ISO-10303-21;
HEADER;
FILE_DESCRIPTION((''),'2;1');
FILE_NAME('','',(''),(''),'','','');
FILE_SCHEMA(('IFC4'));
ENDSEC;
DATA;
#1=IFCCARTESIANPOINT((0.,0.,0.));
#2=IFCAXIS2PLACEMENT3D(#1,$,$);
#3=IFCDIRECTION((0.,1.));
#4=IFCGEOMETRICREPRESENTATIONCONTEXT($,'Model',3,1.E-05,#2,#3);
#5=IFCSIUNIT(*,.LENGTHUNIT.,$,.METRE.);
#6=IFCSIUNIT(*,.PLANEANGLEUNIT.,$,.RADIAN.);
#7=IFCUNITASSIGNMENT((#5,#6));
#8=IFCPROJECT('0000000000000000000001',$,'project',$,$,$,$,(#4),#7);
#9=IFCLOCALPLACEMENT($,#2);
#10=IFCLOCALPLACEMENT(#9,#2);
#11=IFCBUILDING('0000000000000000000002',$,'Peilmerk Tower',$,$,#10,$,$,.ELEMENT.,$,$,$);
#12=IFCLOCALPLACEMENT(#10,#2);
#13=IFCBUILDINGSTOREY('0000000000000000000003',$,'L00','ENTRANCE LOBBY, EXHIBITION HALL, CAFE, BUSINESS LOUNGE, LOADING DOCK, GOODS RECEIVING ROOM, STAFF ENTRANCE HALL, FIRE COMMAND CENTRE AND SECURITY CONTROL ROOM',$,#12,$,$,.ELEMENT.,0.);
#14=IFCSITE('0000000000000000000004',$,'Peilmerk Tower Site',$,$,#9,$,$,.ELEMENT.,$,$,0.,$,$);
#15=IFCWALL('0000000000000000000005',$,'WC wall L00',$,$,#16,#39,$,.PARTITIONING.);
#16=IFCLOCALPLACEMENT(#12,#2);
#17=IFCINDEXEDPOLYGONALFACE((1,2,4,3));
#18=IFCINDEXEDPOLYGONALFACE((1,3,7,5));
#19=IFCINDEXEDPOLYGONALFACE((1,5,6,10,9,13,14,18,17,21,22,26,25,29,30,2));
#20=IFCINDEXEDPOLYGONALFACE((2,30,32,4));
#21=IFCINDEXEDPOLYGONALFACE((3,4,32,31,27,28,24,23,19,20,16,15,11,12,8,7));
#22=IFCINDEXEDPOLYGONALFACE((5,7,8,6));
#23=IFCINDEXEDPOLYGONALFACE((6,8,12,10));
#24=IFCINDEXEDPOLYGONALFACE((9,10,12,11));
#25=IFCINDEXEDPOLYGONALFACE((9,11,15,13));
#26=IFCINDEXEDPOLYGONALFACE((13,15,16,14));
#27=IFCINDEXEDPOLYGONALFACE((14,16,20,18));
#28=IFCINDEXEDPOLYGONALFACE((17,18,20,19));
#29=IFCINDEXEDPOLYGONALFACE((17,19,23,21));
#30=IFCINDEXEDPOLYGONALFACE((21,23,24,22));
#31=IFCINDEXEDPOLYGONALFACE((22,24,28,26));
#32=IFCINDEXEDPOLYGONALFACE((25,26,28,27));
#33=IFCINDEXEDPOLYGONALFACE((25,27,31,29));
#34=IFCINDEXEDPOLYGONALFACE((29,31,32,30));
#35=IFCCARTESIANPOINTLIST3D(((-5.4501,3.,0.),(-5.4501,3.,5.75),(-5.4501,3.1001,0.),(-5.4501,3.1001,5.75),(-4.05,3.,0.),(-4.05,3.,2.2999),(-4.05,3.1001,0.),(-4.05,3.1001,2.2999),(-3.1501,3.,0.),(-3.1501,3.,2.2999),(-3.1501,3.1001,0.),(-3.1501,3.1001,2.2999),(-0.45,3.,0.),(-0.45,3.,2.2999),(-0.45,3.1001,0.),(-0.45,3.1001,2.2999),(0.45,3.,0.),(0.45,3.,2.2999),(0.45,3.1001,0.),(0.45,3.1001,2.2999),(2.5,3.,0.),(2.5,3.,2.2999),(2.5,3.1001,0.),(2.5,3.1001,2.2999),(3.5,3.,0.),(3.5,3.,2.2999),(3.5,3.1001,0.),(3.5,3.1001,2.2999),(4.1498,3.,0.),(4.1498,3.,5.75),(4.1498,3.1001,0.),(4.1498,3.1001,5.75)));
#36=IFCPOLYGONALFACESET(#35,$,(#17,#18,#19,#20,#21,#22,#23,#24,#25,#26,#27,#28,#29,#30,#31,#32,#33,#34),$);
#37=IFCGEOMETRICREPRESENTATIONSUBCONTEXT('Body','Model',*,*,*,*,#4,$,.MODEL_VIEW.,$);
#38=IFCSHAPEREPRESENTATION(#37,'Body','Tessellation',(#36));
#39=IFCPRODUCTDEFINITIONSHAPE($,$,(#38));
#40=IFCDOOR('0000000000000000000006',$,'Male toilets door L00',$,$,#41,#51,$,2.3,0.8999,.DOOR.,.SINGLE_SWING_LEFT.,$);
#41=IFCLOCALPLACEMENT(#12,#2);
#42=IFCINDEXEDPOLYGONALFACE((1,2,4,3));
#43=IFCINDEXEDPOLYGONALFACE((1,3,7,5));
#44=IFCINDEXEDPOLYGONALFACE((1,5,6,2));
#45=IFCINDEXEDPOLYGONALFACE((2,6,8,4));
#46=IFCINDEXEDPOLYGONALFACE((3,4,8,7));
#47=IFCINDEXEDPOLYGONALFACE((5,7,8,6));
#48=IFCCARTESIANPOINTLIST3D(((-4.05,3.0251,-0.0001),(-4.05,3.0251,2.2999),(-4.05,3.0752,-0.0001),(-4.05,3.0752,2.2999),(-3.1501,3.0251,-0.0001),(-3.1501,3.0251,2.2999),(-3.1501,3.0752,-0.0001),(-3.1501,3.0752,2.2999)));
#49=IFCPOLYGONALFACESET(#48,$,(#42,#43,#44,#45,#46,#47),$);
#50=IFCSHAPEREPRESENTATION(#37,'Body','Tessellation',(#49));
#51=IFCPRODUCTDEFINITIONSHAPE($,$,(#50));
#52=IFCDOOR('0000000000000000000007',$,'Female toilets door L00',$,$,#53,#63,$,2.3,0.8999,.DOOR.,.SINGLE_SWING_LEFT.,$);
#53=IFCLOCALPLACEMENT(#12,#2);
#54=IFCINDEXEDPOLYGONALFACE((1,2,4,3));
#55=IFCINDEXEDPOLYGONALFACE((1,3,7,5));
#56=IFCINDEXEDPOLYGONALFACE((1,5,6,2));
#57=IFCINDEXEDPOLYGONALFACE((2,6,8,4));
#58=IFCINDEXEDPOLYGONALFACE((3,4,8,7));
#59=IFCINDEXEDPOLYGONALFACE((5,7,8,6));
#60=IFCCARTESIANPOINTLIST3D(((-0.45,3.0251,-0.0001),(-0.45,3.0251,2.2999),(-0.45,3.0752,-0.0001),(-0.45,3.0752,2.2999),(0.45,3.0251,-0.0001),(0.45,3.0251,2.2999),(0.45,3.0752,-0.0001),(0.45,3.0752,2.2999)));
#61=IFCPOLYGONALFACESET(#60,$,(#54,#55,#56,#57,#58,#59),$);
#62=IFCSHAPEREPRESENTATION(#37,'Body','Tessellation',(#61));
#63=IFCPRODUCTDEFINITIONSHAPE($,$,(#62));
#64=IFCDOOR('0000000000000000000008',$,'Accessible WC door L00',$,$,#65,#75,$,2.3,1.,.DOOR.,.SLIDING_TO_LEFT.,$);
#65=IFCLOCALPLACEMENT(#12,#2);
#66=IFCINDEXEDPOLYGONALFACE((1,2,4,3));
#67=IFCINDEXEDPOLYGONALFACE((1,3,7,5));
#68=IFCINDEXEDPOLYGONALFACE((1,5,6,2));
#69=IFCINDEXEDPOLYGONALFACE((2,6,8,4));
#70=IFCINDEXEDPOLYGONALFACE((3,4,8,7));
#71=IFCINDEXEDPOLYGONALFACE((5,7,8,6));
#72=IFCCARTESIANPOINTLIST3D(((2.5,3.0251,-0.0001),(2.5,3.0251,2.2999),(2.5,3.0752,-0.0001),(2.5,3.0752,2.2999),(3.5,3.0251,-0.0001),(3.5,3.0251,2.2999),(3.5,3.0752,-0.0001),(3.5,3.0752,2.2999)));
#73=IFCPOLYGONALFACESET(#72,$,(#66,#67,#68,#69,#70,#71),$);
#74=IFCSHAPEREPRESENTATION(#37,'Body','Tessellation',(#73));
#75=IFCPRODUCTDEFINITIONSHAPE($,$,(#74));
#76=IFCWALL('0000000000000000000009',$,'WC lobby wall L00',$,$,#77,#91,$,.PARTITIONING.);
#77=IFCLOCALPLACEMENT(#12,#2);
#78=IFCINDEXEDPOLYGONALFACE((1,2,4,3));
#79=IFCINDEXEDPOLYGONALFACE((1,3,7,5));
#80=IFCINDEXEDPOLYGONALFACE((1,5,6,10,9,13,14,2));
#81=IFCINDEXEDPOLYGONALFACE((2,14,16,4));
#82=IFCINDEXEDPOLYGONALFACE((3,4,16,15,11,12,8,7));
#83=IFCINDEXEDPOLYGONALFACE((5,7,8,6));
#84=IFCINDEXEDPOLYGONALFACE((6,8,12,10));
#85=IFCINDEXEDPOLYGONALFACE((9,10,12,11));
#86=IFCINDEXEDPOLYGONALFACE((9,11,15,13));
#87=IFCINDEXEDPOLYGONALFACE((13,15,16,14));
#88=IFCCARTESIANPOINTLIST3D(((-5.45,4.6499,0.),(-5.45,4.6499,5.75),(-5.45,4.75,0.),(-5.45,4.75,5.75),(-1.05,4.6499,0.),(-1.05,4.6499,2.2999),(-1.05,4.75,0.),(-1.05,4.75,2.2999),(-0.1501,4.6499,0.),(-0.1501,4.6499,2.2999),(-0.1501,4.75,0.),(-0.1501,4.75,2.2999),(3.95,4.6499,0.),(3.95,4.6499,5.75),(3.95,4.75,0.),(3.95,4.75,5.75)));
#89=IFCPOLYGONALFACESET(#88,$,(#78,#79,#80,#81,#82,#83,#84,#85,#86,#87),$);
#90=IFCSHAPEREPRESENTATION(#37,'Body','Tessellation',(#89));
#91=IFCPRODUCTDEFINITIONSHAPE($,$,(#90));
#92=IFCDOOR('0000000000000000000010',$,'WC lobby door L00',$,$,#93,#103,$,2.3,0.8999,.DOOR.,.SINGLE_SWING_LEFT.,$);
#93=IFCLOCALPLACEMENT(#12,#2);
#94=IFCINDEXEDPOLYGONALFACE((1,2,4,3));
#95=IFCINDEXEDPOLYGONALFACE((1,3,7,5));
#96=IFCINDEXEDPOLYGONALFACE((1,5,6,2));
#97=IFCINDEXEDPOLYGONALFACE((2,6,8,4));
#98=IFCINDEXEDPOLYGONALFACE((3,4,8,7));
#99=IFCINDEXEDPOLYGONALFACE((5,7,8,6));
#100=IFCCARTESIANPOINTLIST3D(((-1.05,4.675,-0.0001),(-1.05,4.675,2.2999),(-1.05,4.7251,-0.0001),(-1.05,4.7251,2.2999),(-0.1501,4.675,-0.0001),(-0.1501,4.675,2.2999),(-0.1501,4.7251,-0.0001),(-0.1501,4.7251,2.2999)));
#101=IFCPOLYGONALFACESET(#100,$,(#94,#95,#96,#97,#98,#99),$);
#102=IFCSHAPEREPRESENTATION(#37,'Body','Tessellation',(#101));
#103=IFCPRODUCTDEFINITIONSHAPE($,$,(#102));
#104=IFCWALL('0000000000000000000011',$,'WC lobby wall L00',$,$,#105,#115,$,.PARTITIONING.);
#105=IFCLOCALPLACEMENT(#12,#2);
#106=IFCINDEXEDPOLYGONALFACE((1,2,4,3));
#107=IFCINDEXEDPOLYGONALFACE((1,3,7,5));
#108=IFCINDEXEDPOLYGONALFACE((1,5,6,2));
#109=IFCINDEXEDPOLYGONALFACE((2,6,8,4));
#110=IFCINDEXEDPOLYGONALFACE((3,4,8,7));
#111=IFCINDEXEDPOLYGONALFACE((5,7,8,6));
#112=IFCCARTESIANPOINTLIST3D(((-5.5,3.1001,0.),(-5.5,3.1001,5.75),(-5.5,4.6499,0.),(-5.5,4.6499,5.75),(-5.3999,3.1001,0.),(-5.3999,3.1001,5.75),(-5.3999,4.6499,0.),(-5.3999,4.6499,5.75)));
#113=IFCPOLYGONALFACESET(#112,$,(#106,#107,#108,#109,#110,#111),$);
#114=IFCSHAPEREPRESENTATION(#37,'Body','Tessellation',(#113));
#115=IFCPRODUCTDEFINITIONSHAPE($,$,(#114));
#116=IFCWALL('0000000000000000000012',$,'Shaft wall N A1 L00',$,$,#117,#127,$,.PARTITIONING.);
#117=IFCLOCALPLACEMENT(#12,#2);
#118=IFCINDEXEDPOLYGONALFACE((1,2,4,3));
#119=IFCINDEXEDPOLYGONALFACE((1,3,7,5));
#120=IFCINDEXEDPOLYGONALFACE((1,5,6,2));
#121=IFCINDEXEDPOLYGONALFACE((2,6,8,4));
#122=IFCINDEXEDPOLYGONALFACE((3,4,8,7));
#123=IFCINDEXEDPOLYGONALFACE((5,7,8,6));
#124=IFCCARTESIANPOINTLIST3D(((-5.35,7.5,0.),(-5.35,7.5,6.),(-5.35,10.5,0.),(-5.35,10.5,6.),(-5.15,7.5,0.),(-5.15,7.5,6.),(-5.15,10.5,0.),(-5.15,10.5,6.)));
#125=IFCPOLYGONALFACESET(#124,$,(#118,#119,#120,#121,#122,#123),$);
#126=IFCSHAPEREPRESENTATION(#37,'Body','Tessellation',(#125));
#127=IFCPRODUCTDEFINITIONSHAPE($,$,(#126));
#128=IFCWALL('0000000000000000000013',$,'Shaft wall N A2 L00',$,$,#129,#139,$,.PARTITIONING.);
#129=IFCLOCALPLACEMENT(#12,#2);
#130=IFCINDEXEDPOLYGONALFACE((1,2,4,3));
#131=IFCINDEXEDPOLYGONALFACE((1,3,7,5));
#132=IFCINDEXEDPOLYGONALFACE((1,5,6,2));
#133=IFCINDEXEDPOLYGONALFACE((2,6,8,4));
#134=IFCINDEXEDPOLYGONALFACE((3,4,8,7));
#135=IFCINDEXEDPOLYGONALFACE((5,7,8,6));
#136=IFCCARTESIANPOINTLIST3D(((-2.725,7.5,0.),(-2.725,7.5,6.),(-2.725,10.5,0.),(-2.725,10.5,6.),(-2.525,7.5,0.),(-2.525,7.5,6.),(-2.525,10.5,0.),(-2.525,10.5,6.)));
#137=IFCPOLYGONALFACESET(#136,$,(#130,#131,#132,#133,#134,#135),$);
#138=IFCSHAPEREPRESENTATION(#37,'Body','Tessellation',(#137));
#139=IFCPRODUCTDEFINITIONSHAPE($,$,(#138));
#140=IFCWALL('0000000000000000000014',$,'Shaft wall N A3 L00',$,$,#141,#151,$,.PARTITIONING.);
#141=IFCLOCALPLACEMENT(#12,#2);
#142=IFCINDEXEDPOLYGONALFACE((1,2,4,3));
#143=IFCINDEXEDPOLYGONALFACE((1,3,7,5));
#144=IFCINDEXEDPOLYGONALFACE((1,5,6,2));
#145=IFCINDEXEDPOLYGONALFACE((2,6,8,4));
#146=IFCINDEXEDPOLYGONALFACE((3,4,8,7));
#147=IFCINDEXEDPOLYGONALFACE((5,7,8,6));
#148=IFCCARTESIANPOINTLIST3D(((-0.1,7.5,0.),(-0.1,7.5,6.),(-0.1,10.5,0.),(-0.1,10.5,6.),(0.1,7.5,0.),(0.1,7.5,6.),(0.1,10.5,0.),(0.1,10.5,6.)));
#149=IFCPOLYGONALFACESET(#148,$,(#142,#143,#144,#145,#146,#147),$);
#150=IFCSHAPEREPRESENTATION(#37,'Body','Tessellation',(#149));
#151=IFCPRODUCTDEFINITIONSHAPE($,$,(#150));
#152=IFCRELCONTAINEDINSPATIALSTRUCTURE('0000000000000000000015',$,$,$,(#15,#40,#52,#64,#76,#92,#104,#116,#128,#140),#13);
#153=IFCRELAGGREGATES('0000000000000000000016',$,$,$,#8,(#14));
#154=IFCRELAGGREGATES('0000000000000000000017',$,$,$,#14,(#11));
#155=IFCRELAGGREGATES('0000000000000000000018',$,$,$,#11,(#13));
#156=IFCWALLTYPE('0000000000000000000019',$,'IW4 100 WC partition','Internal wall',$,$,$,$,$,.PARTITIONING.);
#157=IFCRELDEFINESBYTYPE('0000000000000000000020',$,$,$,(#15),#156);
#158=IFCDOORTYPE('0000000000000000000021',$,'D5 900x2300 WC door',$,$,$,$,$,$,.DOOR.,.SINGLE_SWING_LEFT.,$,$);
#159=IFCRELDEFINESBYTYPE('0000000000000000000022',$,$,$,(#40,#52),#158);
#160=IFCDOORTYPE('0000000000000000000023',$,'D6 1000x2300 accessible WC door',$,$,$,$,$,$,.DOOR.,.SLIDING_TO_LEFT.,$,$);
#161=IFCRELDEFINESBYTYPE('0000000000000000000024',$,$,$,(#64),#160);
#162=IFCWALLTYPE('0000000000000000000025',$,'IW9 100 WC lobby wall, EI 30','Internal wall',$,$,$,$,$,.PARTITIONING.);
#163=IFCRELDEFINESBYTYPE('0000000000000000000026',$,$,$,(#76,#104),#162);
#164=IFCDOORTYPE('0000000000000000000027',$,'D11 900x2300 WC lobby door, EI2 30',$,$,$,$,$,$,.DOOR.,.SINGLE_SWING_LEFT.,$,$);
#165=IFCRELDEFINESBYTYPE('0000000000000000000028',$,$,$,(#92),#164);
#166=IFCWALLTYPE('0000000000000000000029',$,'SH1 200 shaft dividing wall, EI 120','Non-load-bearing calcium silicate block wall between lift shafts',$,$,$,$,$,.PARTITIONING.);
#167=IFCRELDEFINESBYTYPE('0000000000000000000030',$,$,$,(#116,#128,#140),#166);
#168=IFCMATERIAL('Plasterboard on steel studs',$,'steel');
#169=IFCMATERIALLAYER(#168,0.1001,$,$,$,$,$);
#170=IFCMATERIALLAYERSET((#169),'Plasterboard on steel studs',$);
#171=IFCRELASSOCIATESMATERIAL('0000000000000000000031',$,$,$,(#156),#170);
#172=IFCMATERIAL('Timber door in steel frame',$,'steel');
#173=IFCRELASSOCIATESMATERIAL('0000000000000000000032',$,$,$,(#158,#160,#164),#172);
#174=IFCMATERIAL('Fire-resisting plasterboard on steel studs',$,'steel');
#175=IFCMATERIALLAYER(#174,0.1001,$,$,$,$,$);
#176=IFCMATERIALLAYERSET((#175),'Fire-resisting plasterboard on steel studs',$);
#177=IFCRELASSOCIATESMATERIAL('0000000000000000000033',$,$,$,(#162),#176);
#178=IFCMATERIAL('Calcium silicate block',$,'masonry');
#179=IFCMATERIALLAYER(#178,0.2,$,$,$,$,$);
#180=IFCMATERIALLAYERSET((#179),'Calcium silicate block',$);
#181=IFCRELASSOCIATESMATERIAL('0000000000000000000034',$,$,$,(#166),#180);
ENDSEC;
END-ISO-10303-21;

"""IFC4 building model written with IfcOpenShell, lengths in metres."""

from ifc_helpers import new_model, si_unit, direction, frame, frame_2d, origin, place, context, subcontext, project, spatial, rectangle, extrude, material, layer, layer_set, type_object, element, fill, save


model = new_model("IFC4")

# Units and contexts
model_context = context("Model", 3, precision=1e-05, world=origin(), true_north=direction((0.0, 1.0)))
body_context = subcontext(model_context, "Body", "Model", "MODEL_VIEW")
ifc_project = project(units=[si_unit("LENGTHUNIT", "METRE"), si_unit("PLANEANGLEUNIT", "RADIAN")], contexts=[model_context])

# Site, building, storey
site_placement = place(None, origin())
site = spatial("IfcSite", under=ifc_project, at=site_placement, Name="Peilmerk Tower Site", CompositionType="ELEMENT", RefElevation=0.0)
building_placement = place(site_placement, origin())
building = spatial("IfcBuilding", under=site, at=building_placement, Name="Peilmerk Tower", CompositionType="ELEMENT")
storey_placement = place(building_placement, origin())
storey = spatial("IfcBuildingStorey", under=building, at=storey_placement, Name="L00", Description="ENTRANCE LOBBY, EXHIBITION HALL, CAFE, BUSINESS LOUNGE, LOADING DOCK, GOODS RECEIVING ROOM, STAFF ENTRANCE HALL, FIRE COMMAND CENTRE AND SECURITY CONTROL ROOM", CompositionType="ELEMENT", Elevation=0.0)

# Wall, openings, doors
ifc_material_1 = material(Name="Plasterboard on steel studs", Category="steel")
ifc_layer_1 = layer(ifc_material_1, 0.1001)
ifc_layer_set_1 = layer_set([ifc_layer_1], Name="Plasterboard on steel studs")
wall_type_1 = type_object("IfcWallType", Name="IW4 100 WC partition", Description="Internal wall", PredefinedType="PARTITIONING", material=ifc_layer_set_1)
wall_1_placement = place(storey_placement, frame((-5.45, 3.05, 0.0), z_axis=(0.0, 0.0, 1.0), x_axis=(1.0, 0.0, 0.0)))
wall_1 = element("IfcWall", 1, at=wall_1_placement, inside=storey, type_object=wall_type_1, Name="WC wall L00", PredefinedType="PARTITIONING", context=body_context, shape_type="SweptSolid", body=[
    extrude(rectangle(XDim=9.5999, YDim=0.1001, at=frame_2d((4.7998, 0.0))), origin(), (0.0, 0.0, 1.0), 5.75),
])
opening_1_placement = place(wall_1_placement, frame((1.3999, 0.0, 0.0)))
opening_1 = element("IfcOpeningElement", 2, at=opening_1_placement, cuts=wall_1, PredefinedType="OPENING", context=body_context, shape_type="SweptSolid", body=[
    extrude(rectangle(XDim=0.8999, YDim=2.3, at=frame_2d((0.45, 1.1499))), frame((0.0, 0.0601, 0.0), z_axis=(0.0, -1.0, 0.0), x_axis=(1.0, 0.0, 0.0)), (0.0, 0.0, 1.0), 0.1201),
])
opening_2_placement = place(wall_1_placement, frame((5.0, 0.0, 0.0)))
opening_2 = element("IfcOpeningElement", 3, at=opening_2_placement, cuts=wall_1, PredefinedType="OPENING", context=body_context, shape_type="SweptSolid", body=[
    extrude(rectangle(XDim=0.8999, YDim=2.3, at=frame_2d((0.45, 1.1499))), frame((0.0, 0.0601, 0.0), z_axis=(0.0, -1.0, 0.0), x_axis=(1.0, 0.0, 0.0)), (0.0, 0.0, 1.0), 0.1201),
])
opening_3_placement = place(wall_1_placement, frame((7.95, 0.0, 0.0)))
opening_3 = element("IfcOpeningElement", 4, at=opening_3_placement, cuts=wall_1, PredefinedType="OPENING", context=body_context, shape_type="SweptSolid", body=[
    extrude(rectangle(XDim=1.0, YDim=2.3, at=frame_2d((0.5, 1.1499))), frame((0.0, 0.0601, 0.0), z_axis=(0.0, -1.0, 0.0), x_axis=(1.0, 0.0, 0.0)), (0.0, 0.0, 1.0), 0.1201),
])
ifc_material_2 = material(Name="Timber door in steel frame", Category="steel")
door_type_1 = type_object("IfcDoorType", Name="D5 900x2300 WC door", OperationType="SINGLE_SWING_LEFT", PredefinedType="DOOR", material=ifc_material_2)
door_1_placement = place(opening_1_placement, frame((0.8999, 0.0, 0.0), z_axis=(0.0, 0.0, 1.0), x_axis=(-1.0, 0.0, 0.0)))
door_1 = element("IfcDoor", 5, at=door_1_placement, inside=storey, type_object=door_type_1, Name="Male toilets door L00", OperationType="SINGLE_SWING_LEFT", OverallHeight=2.3, OverallWidth=0.8999, PredefinedType="DOOR", context=body_context, shape_type="SweptSolid", body=[
    extrude(rectangle(XDim=0.8999, YDim=2.3, at=frame_2d((0.45, 1.1499))), frame((0.0, 0.0249, 0.0), z_axis=(0.0, -1.0, 0.0), x_axis=(1.0, 0.0, 0.0)), (0.0, 0.0, 1.0), 0.05),
])
fill(opening_1, door_1)
door_2_placement = place(opening_2_placement, frame((0.8999, 0.0, 0.0), z_axis=(0.0, 0.0, 1.0), x_axis=(-1.0, 0.0, 0.0)))
door_2 = element("IfcDoor", 6, at=door_2_placement, inside=storey, type_object=door_type_1, Name="Female toilets door L00", OperationType="SINGLE_SWING_LEFT", OverallHeight=2.3, OverallWidth=0.8999, PredefinedType="DOOR", context=body_context, shape_type="SweptSolid", body=[
    extrude(rectangle(XDim=0.8999, YDim=2.3, at=frame_2d((0.45, 1.1499))), frame((0.0, 0.0249, 0.0), z_axis=(0.0, -1.0, 0.0), x_axis=(1.0, 0.0, 0.0)), (0.0, 0.0, 1.0), 0.05),
])
fill(opening_2, door_2)
door_type_2 = type_object("IfcDoorType", Name="D6 1000x2300 accessible WC door", OperationType="SLIDING_TO_LEFT", PredefinedType="DOOR", material=ifc_material_2)
door_3_placement = place(opening_3_placement, frame((1.0, 0.0, 0.0), z_axis=(0.0, 0.0, 1.0), x_axis=(-1.0, 0.0, 0.0)))
door_3 = element("IfcDoor", 7, at=door_3_placement, inside=storey, type_object=door_type_2, Name="Accessible WC door L00", OperationType="SLIDING_TO_LEFT", OverallHeight=2.3, OverallWidth=1.0, PredefinedType="DOOR", context=body_context, shape_type="SweptSolid", body=[
    extrude(rectangle(XDim=1.0, YDim=2.3, at=frame_2d((0.5, 1.1499))), frame((0.0, 0.0249, 0.0), z_axis=(0.0, -1.0, 0.0), x_axis=(1.0, 0.0, 0.0)), (0.0, 0.0, 1.0), 0.05),
])
fill(opening_3, door_3)

# Wall, opening, door
ifc_material_3 = material(Name="Fire-resisting plasterboard on steel studs", Category="steel")
ifc_layer_2 = layer(ifc_material_3, 0.1001)
ifc_layer_set_2 = layer_set([ifc_layer_2], Name="Fire-resisting plasterboard on steel studs")
wall_type_2 = type_object("IfcWallType", Name="IW9 100 WC lobby wall, EI 30", Description="Internal wall", PredefinedType="PARTITIONING", material=ifc_layer_set_2)
wall_2_placement = place(storey_placement, frame((-5.45, 4.7, 0.0), z_axis=(0.0, 0.0, 1.0), x_axis=(1.0, 0.0, 0.0)))
wall_2 = element("IfcWall", 8, at=wall_2_placement, inside=storey, type_object=wall_type_2, Name="WC lobby wall L00", PredefinedType="PARTITIONING", context=body_context, shape_type="SweptSolid", body=[
    extrude(rectangle(XDim=9.3999, YDim=0.1001, at=frame_2d((4.7, 0.0))), origin(), (0.0, 0.0, 1.0), 5.75),
])
opening_4_placement = place(wall_2_placement, frame((4.3999, 0.0, 0.0)))
opening_4 = element("IfcOpeningElement", 9, at=opening_4_placement, cuts=wall_2, PredefinedType="OPENING", context=body_context, shape_type="SweptSolid", body=[
    extrude(rectangle(XDim=0.8999, YDim=2.3, at=frame_2d((0.45, 1.1499))), frame((0.0, 0.0601, 0.0), z_axis=(0.0, -1.0, 0.0), x_axis=(1.0, 0.0, 0.0)), (0.0, 0.0, 1.0), 0.1201),
])
door_type_3 = type_object("IfcDoorType", Name="D11 900x2300 WC lobby door, EI2 30", OperationType="SINGLE_SWING_LEFT", PredefinedType="DOOR", material=ifc_material_2)
door_4_placement = place(opening_4_placement, frame((0.8999, 0.0, 0.0), z_axis=(0.0, 0.0, 1.0), x_axis=(-1.0, 0.0, 0.0)))
door_4 = element("IfcDoor", 10, at=door_4_placement, inside=storey, type_object=door_type_3, Name="WC lobby door L00", OperationType="SINGLE_SWING_LEFT", OverallHeight=2.3, OverallWidth=0.8999, PredefinedType="DOOR", context=body_context, shape_type="SweptSolid", body=[
    extrude(rectangle(XDim=0.8999, YDim=2.3, at=frame_2d((0.45, 1.1499))), frame((0.0, 0.0249, 0.0), z_axis=(0.0, -1.0, 0.0), x_axis=(1.0, 0.0, 0.0)), (0.0, 0.0, 1.0), 0.05),
])
fill(opening_4, door_4)

# Walls
wall_3_placement = place(storey_placement, frame((-5.45, 3.1001, 0.0), z_axis=(0.0, 0.0, 1.0), x_axis=(0.0, 1.0, 0.0)))
element("IfcWall", 11, at=wall_3_placement, inside=storey, type_object=wall_type_2, Name="WC lobby wall L00", PredefinedType="PARTITIONING", context=body_context, shape_type="SweptSolid", body=[
    extrude(rectangle(XDim=1.5498, YDim=0.1001, at=frame_2d((0.7749, 0.0))), origin(), (0.0, 0.0, 1.0), 5.75),
])
ifc_material_4 = material(Name="Calcium silicate block", Category="masonry")
ifc_layer_3 = layer(ifc_material_4, 0.2)
ifc_layer_set_3 = layer_set([ifc_layer_3], Name="Calcium silicate block")
wall_type_3 = type_object("IfcWallType", Name="SH1 200 shaft dividing wall, EI 120", Description="Non-load-bearing calcium silicate block wall between lift shafts", PredefinedType="PARTITIONING", material=ifc_layer_set_3)
for number, where, z_axis, x_axis, name in (
    (12, (-5.25, 7.5, 0.0), (0.0, 0.0, 1.0), (0.0, 1.0, 0.0), "Shaft wall N A1 L00"),
    (13, (-2.625, 7.5, 0.0), (0.0, 0.0, 1.0), (0.0, 1.0, 0.0), "Shaft wall N A2 L00"),
    (14, (0.0, 7.5, 0.0), (0.0, 0.0, 1.0), (0.0, 1.0, 0.0), "Shaft wall N A3 L00"),
):
    element("IfcWall", number, at=place(storey_placement, frame(where, z_axis=z_axis, x_axis=x_axis)), inside=storey, type_object=wall_type_3, Name=name, PredefinedType="PARTITIONING", context=body_context, shape_type="SweptSolid", body=[
        extrude(rectangle(XDim=3.0, YDim=0.2, at=frame_2d((1.5, 0.0))), origin(), (0.0, 0.0, 1.0), 6.0),
    ])

save(model, "model.ifc")
